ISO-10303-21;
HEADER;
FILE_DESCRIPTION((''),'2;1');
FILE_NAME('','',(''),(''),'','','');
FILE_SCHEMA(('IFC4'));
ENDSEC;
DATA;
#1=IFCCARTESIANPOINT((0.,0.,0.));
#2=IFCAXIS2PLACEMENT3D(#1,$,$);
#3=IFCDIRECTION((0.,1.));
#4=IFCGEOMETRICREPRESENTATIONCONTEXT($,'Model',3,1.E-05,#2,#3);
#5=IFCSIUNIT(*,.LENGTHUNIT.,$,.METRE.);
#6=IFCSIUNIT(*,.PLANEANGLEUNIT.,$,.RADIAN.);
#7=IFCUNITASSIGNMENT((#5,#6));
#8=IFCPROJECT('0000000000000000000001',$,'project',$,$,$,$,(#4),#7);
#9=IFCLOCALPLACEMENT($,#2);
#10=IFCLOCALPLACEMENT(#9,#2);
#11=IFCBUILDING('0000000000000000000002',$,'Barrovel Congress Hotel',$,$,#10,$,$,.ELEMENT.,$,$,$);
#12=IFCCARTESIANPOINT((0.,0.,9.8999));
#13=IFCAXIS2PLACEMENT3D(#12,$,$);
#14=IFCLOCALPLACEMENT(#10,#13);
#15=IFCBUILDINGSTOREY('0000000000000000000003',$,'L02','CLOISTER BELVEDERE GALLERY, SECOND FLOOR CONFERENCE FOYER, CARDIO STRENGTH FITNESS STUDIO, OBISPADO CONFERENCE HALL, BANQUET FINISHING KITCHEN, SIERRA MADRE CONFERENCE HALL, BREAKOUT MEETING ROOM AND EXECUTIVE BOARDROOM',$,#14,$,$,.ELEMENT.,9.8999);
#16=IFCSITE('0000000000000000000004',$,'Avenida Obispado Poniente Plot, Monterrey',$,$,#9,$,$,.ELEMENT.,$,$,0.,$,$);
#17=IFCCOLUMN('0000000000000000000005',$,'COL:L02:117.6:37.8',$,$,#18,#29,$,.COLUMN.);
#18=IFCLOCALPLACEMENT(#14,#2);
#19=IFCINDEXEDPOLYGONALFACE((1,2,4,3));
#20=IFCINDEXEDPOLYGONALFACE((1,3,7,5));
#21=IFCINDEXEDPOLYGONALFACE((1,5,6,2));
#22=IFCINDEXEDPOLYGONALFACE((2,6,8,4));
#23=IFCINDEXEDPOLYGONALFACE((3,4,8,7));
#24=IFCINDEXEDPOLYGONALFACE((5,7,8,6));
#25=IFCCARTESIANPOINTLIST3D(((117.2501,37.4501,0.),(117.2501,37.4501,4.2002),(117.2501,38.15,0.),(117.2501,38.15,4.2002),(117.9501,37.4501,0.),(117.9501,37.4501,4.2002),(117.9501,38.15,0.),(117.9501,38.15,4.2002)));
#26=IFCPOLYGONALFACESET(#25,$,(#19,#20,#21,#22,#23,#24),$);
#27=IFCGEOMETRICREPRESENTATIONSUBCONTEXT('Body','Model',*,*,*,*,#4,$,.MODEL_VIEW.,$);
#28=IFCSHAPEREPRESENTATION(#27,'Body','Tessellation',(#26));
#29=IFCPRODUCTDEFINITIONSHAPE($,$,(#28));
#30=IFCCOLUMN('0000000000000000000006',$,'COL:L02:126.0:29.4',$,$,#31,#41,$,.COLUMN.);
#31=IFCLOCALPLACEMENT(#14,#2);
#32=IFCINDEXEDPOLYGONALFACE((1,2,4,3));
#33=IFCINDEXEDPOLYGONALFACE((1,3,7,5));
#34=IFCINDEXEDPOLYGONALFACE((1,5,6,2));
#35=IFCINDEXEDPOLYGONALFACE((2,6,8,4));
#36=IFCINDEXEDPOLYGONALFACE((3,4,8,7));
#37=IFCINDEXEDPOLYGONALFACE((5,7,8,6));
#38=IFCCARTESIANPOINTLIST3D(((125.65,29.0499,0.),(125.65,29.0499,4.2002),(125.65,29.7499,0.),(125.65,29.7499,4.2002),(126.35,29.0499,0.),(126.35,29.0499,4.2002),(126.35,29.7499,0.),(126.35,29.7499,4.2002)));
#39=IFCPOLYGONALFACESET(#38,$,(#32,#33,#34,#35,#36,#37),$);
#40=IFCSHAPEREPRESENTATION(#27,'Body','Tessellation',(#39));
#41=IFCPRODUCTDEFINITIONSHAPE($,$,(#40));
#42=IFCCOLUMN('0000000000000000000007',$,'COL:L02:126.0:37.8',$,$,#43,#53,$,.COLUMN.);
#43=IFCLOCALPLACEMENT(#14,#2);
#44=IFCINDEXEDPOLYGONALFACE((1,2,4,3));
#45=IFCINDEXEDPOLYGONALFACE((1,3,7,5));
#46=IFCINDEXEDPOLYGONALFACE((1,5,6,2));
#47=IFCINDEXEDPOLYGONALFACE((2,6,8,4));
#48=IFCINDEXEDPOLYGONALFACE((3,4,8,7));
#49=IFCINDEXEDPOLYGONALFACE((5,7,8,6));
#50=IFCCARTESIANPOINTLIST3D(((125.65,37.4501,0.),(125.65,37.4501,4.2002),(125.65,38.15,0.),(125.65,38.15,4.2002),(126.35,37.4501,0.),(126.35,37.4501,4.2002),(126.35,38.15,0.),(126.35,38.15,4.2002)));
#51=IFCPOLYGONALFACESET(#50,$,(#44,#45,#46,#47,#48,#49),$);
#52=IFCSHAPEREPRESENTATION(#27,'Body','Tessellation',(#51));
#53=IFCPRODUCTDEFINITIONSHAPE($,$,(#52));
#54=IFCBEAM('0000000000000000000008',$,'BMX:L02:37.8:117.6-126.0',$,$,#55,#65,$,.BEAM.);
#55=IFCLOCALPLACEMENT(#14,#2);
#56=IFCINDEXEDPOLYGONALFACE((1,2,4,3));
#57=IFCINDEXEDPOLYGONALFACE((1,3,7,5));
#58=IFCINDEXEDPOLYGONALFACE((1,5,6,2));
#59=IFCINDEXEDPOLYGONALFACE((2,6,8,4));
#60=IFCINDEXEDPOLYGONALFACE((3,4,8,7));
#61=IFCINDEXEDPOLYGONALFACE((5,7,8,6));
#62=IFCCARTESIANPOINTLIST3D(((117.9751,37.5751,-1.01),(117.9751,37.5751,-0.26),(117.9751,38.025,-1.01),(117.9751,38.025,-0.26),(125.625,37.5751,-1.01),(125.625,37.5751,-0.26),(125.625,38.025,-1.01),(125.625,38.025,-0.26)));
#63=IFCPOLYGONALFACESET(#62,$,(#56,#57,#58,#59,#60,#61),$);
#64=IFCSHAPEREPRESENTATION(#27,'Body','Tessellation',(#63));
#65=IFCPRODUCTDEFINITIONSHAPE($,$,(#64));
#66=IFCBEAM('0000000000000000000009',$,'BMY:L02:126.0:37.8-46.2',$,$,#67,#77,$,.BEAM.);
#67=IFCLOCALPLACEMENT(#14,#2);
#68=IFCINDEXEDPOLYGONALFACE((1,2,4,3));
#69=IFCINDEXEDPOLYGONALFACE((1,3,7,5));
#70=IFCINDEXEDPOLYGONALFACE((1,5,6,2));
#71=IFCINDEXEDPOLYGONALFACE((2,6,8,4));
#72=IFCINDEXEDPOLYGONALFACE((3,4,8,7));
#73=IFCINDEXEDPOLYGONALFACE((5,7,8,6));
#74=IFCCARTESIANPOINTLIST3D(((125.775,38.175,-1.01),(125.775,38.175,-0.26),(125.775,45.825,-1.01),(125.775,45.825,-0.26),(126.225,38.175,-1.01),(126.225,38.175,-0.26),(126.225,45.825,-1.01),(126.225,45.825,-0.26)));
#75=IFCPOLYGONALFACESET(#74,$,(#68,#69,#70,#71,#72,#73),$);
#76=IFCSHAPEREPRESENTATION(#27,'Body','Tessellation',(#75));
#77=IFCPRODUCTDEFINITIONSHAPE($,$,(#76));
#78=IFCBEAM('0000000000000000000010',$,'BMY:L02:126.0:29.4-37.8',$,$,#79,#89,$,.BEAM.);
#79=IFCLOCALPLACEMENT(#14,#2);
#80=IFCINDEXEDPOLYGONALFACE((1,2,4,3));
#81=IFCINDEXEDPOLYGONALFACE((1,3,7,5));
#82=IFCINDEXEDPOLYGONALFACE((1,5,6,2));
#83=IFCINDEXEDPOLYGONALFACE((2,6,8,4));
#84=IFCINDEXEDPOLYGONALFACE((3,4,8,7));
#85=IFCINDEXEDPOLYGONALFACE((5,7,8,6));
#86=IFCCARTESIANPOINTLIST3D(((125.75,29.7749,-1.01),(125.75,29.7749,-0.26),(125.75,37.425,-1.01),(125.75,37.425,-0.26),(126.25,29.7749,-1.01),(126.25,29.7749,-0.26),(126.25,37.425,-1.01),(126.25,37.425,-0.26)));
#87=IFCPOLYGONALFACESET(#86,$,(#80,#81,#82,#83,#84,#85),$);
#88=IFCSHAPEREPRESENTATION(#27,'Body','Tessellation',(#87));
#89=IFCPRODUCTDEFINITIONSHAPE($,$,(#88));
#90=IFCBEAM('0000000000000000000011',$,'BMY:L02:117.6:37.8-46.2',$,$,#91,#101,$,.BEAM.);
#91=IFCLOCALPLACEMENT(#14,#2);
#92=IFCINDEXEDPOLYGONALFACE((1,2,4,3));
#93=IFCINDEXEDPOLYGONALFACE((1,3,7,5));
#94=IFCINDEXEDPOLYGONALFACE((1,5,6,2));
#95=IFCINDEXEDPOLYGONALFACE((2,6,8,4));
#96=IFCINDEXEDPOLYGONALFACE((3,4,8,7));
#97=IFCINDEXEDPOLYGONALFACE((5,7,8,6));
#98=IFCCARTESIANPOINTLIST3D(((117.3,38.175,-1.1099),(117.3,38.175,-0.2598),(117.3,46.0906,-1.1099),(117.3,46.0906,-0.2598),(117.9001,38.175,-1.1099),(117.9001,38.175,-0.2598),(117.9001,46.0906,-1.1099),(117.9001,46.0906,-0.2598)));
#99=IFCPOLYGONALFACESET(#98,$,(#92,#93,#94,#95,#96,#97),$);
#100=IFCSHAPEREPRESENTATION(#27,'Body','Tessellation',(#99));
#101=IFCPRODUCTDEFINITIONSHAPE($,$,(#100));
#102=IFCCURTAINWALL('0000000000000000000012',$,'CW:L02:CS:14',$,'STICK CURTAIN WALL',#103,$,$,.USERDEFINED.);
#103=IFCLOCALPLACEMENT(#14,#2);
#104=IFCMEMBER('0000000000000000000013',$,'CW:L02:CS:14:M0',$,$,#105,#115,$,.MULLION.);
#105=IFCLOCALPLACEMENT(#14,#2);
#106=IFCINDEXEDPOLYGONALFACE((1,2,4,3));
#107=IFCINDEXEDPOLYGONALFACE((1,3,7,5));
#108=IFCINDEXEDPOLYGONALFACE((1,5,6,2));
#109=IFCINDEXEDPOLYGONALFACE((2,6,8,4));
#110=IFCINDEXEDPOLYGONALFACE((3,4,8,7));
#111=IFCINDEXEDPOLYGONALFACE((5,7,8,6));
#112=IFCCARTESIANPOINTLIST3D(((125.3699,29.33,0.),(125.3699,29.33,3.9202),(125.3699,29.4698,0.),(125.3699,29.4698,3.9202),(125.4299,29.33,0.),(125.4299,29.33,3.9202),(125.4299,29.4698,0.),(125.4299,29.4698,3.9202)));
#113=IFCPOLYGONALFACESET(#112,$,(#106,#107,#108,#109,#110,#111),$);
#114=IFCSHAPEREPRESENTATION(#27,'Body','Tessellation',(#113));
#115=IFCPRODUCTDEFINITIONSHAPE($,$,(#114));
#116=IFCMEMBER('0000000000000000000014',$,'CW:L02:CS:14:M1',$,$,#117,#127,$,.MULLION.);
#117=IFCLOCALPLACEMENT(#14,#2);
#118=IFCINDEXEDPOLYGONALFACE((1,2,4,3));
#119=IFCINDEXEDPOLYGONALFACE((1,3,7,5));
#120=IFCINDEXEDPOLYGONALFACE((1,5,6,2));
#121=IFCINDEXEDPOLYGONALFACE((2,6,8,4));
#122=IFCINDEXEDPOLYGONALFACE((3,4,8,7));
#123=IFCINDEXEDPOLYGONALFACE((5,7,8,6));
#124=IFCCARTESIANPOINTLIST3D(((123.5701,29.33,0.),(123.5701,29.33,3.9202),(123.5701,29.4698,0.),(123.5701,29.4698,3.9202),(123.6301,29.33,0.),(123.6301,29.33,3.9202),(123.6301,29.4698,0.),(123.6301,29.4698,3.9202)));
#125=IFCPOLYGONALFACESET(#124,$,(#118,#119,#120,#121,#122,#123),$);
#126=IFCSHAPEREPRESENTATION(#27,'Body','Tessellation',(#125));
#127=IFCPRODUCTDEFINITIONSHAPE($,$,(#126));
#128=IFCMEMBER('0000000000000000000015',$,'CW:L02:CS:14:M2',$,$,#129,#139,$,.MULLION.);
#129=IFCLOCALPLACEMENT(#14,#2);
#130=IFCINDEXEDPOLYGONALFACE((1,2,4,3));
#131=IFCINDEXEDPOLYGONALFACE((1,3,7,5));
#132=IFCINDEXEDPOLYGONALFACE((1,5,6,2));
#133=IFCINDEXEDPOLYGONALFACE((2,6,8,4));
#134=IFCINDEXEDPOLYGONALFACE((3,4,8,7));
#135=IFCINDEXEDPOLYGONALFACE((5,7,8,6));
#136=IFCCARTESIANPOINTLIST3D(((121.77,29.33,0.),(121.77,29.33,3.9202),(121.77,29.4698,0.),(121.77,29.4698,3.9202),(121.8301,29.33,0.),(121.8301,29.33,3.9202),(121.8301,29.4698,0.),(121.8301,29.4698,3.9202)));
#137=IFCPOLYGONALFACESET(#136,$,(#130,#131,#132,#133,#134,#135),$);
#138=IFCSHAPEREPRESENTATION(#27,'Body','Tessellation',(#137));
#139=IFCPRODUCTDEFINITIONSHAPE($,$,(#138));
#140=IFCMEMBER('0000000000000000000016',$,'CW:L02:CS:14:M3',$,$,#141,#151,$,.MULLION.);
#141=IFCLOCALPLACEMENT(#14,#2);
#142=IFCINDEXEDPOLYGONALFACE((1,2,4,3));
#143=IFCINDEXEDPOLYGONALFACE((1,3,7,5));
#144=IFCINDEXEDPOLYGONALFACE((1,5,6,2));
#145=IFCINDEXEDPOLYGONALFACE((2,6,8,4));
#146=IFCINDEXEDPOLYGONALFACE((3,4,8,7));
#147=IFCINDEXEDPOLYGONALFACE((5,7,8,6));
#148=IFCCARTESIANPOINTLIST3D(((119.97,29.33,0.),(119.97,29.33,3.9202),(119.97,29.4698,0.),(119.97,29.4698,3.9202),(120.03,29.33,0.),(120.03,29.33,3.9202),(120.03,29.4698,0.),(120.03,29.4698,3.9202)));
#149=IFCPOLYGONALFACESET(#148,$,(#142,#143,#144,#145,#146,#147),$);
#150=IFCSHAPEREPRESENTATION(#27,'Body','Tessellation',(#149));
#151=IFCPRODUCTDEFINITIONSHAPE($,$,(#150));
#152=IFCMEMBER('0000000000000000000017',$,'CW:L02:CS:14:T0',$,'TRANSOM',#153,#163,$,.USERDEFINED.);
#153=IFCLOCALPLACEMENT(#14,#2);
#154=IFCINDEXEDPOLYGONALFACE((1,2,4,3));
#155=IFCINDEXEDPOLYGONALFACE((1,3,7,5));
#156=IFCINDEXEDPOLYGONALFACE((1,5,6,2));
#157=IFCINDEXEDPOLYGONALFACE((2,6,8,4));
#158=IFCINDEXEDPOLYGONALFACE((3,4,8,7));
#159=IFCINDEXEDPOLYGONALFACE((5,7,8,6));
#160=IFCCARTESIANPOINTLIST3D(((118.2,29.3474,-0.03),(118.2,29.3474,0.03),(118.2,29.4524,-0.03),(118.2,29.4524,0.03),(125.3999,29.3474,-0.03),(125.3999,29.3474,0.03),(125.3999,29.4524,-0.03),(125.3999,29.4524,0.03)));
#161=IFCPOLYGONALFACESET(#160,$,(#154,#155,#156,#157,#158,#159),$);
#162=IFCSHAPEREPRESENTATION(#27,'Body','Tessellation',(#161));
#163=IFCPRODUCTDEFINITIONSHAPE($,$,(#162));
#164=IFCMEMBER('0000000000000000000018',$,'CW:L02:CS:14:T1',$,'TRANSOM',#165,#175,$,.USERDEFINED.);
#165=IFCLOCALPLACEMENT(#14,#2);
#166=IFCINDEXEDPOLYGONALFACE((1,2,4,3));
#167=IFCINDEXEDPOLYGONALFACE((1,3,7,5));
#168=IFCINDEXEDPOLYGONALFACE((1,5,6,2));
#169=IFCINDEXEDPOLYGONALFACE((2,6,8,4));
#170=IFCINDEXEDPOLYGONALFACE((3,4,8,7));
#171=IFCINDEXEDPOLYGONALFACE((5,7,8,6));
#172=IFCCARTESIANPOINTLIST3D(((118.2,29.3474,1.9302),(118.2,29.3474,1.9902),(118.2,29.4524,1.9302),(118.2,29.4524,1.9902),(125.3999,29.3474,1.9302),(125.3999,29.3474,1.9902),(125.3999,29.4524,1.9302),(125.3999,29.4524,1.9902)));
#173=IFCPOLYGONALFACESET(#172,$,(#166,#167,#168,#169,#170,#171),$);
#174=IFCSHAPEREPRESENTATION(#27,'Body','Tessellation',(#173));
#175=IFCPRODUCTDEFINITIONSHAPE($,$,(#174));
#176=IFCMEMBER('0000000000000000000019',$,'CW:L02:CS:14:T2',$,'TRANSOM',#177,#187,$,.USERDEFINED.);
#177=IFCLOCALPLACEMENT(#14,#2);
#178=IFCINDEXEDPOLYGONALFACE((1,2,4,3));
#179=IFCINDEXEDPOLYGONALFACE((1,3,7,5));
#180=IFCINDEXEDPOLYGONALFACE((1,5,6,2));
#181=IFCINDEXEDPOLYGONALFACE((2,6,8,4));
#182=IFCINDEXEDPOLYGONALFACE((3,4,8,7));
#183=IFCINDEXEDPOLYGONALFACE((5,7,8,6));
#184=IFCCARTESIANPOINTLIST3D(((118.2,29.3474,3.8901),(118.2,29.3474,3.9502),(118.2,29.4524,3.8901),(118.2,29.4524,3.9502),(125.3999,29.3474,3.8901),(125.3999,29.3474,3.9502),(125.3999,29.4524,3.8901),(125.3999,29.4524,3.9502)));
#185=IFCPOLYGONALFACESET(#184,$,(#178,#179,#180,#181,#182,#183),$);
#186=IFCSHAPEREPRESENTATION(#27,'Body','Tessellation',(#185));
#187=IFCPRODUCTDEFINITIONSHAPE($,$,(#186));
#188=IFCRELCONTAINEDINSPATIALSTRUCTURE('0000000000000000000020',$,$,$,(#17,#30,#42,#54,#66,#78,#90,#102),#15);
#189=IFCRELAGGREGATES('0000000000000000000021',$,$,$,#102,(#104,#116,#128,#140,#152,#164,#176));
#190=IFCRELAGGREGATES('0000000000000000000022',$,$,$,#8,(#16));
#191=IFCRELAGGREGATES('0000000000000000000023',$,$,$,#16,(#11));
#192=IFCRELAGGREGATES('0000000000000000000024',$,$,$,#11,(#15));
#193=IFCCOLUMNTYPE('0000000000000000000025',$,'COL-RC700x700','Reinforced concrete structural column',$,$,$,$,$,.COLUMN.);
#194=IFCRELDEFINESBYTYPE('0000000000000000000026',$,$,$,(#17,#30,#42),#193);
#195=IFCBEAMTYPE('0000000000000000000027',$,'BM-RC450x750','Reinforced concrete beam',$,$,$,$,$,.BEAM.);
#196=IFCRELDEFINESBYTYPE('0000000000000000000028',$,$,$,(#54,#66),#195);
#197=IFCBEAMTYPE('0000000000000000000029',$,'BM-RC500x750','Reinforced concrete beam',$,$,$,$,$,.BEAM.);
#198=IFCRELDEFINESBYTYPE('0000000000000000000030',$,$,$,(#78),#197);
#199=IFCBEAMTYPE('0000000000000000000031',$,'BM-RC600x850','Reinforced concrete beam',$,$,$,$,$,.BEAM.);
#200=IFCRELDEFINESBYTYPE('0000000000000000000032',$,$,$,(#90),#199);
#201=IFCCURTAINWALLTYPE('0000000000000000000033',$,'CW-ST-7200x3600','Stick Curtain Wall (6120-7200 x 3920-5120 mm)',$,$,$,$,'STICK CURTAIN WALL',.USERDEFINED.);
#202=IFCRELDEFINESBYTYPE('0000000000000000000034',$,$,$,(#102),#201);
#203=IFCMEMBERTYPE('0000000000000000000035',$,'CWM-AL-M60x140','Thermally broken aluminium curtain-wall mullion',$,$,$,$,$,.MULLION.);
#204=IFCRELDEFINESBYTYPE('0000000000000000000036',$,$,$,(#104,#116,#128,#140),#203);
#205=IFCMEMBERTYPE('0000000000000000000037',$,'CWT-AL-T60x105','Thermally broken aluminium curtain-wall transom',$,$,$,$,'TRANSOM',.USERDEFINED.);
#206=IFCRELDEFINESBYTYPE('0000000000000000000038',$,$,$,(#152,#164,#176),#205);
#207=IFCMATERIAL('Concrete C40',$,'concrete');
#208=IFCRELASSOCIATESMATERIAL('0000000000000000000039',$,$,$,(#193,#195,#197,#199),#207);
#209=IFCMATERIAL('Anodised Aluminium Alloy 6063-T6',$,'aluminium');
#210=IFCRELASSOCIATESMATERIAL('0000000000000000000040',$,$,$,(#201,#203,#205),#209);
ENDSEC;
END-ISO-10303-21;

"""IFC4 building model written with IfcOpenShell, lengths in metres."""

from ifc_helpers import new_model, si_unit, direction, frame, origin, origin_2d, place, context, subcontext, project, spatial, rectangle, extrude, material, material_profile, profile_set, type_object, element, aggregate, save


model = new_model("IFC4")

# Units and contexts
model_context = context("Model", 3, precision=1e-05, world=origin(), true_north=direction((0.0, 1.0)))
body_context = subcontext(model_context, "Body", "Model", "MODEL_VIEW")
ifc_project = project(units=[si_unit("LENGTHUNIT", "METRE"), si_unit("PLANEANGLEUNIT", "RADIAN")], contexts=[model_context])

# Site, building, storey
site_placement = place(None, origin())
site = spatial("IfcSite", under=ifc_project, at=site_placement, Name="Avenida Obispado Poniente Plot, Monterrey", CompositionType="ELEMENT", RefElevation=0.0)
building_placement = place(site_placement, origin())
building = spatial("IfcBuilding", under=site, at=building_placement, Name="Barrovel Congress Hotel", CompositionType="ELEMENT")
storey_placement = place(building_placement, frame((0.0, 0.0, 9.8999)))
storey = spatial("IfcBuildingStorey", under=building, at=storey_placement, Name="L02", Description="CLOISTER BELVEDERE GALLERY, SECOND FLOOR CONFERENCE FOYER, CARDIO STRENGTH FITNESS STUDIO, OBISPADO CONFERENCE HALL, BANQUET FINISHING KITCHEN, SIERRA MADRE CONFERENCE HALL, BREAKOUT MEETING ROOM AND EXECUTIVE BOARDROOM", CompositionType="ELEMENT", Elevation=9.8999)

# Columns
ifc_material_1 = material(Name="Concrete C40", Category="concrete")
ifc_material_profile_1 = material_profile(ifc_material_1, rectangle(XDim=0.7, YDim=0.7, at=origin_2d()), Name="RC700x700")
ifc_profile_set_1 = profile_set([ifc_material_profile_1], Name="Concrete C40")
column_type = type_object("IfcColumnType", Name="COL-RC700x700", Description="Reinforced concrete structural column", PredefinedType="COLUMN", material=ifc_profile_set_1)
for number, where, z_axis, x_axis, name in (
    (1, (117.6001, 37.8, 0.0), (0.0, 0.0, 1.0), (1.0, 0.0, 0.0), "COL:L02:117.6:37.8"),
    (2, (126.0, 29.3999, 0.0), (0.0, 0.0, 1.0), (1.0, 0.0, 0.0), "COL:L02:126.0:29.4"),
    (3, (126.0, 37.8, 0.0), (0.0, 0.0, 1.0), (1.0, 0.0, 0.0), "COL:L02:126.0:37.8"),
):
    element("IfcColumn", number, at=place(storey_placement, frame(where, z_axis=z_axis, x_axis=x_axis)), inside=storey, type_object=column_type, Name=name, PredefinedType="COLUMN", context=body_context, shape_type="SweptSolid", body=[
        extrude(rectangle(XDim=0.7, YDim=0.7, at=origin_2d()), origin(), (0.0, 0.0, 1.0), 4.2002),
    ])

# Beams
ifc_material_profile_2 = material_profile(ifc_material_1, rectangle(XDim=0.45, YDim=0.75, at=origin_2d()), Name="RC450x750")
ifc_profile_set_2 = profile_set([ifc_material_profile_2], Name="Concrete C40")
beam_type_1 = type_object("IfcBeamType", Name="BM-RC450x750", Description="Reinforced concrete beam", PredefinedType="BEAM", material=ifc_profile_set_2)
for number, where, z_axis, x_axis, name in (
    (4, (117.9751, 37.8, -0.635), (1.0, 0.0, 0.0), (0.0, 1.0, 0.0), "BMX:L02:37.8:117.6-126.0"),
    (5, (126.0, 38.175, -0.635), (0.0, 1.0, 0.0), (-1.0, 0.0, 0.0), "BMY:L02:126.0:37.8-46.2"),
):
    element("IfcBeam", number, at=place(storey_placement, frame(where, z_axis=z_axis, x_axis=x_axis)), inside=storey, type_object=beam_type_1, Name=name, PredefinedType="BEAM", context=body_context, shape_type="SweptSolid", body=[
        extrude(rectangle(XDim=0.45, YDim=0.75, at=origin_2d()), origin(), (0.0, 0.0, 1.0), 7.6499),
    ])
ifc_material_profile_3 = material_profile(ifc_material_1, rectangle(XDim=0.5, YDim=0.75, at=origin_2d()), Name="RC500x750")
ifc_profile_set_3 = profile_set([ifc_material_profile_3], Name="Concrete C40")
beam_type_2 = type_object("IfcBeamType", Name="BM-RC500x750", Description="Reinforced concrete beam", PredefinedType="BEAM", material=ifc_profile_set_3)
beam_1_placement = place(storey_placement, frame((126.0, 29.7749, -0.635), z_axis=(0.0, 1.0, 0.0), x_axis=(-1.0, 0.0, 0.0)))
element("IfcBeam", 6, at=beam_1_placement, inside=storey, type_object=beam_type_2, Name="BMY:L02:126.0:29.4-37.8", PredefinedType="BEAM", context=body_context, shape_type="SweptSolid", body=[
    extrude(rectangle(XDim=0.5, YDim=0.75, at=origin_2d()), origin(), (0.0, 0.0, 1.0), 7.6501),
])
ifc_material_profile_4 = material_profile(ifc_material_1, rectangle(XDim=0.6001, YDim=0.8501, at=origin_2d()), Name="RC600x850")
ifc_profile_set_4 = profile_set([ifc_material_profile_4], Name="Concrete C40")
beam_type_3 = type_object("IfcBeamType", Name="BM-RC600x850", Description="Reinforced concrete beam", PredefinedType="BEAM", material=ifc_profile_set_4)
beam_2_placement = place(storey_placement, frame((117.6001, 38.175, -0.6848), z_axis=(0.0, 1.0, 0.0), x_axis=(-1.0, 0.0, 0.0)))
element("IfcBeam", 7, at=beam_2_placement, inside=storey, type_object=beam_type_3, Name="BMY:L02:117.6:37.8-46.2", PredefinedType="BEAM", context=body_context, shape_type="SweptSolid", body=[
    extrude(rectangle(XDim=0.6001, YDim=0.8501, at=origin_2d()), origin(), (0.0, 0.0, 1.0), 7.9155),
])

# Curtain wall, members
ifc_material_2 = material(Name="Anodised Aluminium Alloy 6063-T6", Category="aluminium")
curtain_wall_type = type_object("IfcCurtainWallType", Name="CW-ST-7200x3600", Description="Stick Curtain Wall (6120-7200 x 3920-5120 mm)", ElementType="STICK CURTAIN WALL", PredefinedType="USERDEFINED", material=ifc_material_2)
curtain_wall_placement = place(storey_placement, origin())
curtain_wall = element("IfcCurtainWall", 8, at=curtain_wall_placement, inside=storey, type_object=curtain_wall_type, Name="CW:L02:CS:14", ObjectType="STICK CURTAIN WALL", PredefinedType="USERDEFINED")
ifc_material_profile_5 = material_profile(ifc_material_2, rectangle(XDim=0.0601, YDim=0.1399, at=origin_2d()), Name="AL-M60x140")
ifc_profile_set_5 = profile_set([ifc_material_profile_5], Name="Anodised Aluminium Alloy 6063-T6")
member_type_1 = type_object("IfcMemberType", Name="CWM-AL-M60x140", Description="Thermally broken aluminium curtain-wall mullion", PredefinedType="MULLION", material=ifc_profile_set_5)
member_1_placement = place(storey_placement, frame((125.3999, 29.3999, 0.0), z_axis=(0.0, 0.0, 1.0), x_axis=(1.0, 0.0, 0.0)))
member_1 = element("IfcMember", 9, at=member_1_placement, type_object=member_type_1, Name="CW:L02:CS:14:M0", PredefinedType="MULLION", context=body_context, shape_type="SweptSolid", body=[
    extrude(rectangle(XDim=0.0601, YDim=0.1399, at=origin_2d()), origin(), (0.0, 0.0, 1.0), 3.9202),
])
member_2_placement = place(storey_placement, frame((123.6001, 29.3999, 0.0), z_axis=(0.0, 0.0, 1.0), x_axis=(1.0, 0.0, 0.0)))
member_2 = element("IfcMember", 10, at=member_2_placement, type_object=member_type_1, Name="CW:L02:CS:14:M1", PredefinedType="MULLION", context=body_context, shape_type="SweptSolid", body=[
    extrude(rectangle(XDim=0.0601, YDim=0.1399, at=origin_2d()), origin(), (0.0, 0.0, 1.0), 3.9202),
])
member_3_placement = place(storey_placement, frame((121.8, 29.3999, 0.0), z_axis=(0.0, 0.0, 1.0), x_axis=(1.0, 0.0, 0.0)))
member_3 = element("IfcMember", 11, at=member_3_placement, type_object=member_type_1, Name="CW:L02:CS:14:M2", PredefinedType="MULLION", context=body_context, shape_type="SweptSolid", body=[
    extrude(rectangle(XDim=0.0601, YDim=0.1399, at=origin_2d()), origin(), (0.0, 0.0, 1.0), 3.9202),
])
member_4_placement = place(storey_placement, frame((120.0, 29.3999, 0.0), z_axis=(0.0, 0.0, 1.0), x_axis=(1.0, 0.0, 0.0)))
member_4 = element("IfcMember", 12, at=member_4_placement, type_object=member_type_1, Name="CW:L02:CS:14:M3", PredefinedType="MULLION", context=body_context, shape_type="SweptSolid", body=[
    extrude(rectangle(XDim=0.0601, YDim=0.1399, at=origin_2d()), origin(), (0.0, 0.0, 1.0), 3.9202),
])
ifc_material_profile_6 = material_profile(ifc_material_2, rectangle(XDim=0.105, YDim=0.0601, at=origin_2d()), Name="AL-T60x105")
ifc_profile_set_6 = profile_set([ifc_material_profile_6], Name="Anodised Aluminium Alloy 6063-T6")
member_type_2 = type_object("IfcMemberType", Name="CWT-AL-T60x105", Description="Thermally broken aluminium curtain-wall transom", ElementType="TRANSOM", PredefinedType="USERDEFINED", material=ifc_profile_set_6)
member_5_placement = place(storey_placement, frame((125.3999, 29.3999, 0.0), z_axis=(-1.0, 0.0, 0.0), x_axis=(0.0, -1.0, 0.0)))
member_5 = element("IfcMember", 13, at=member_5_placement, type_object=member_type_2, Name="CW:L02:CS:14:T0", ObjectType="TRANSOM", PredefinedType="USERDEFINED", context=body_context, shape_type="SweptSolid", body=[
    extrude(rectangle(XDim=0.105, YDim=0.0601, at=origin_2d()), origin(), (0.0, 0.0, 1.0), 7.2),
])
member_6_placement = place(storey_placement, frame((125.3999, 29.3999, 1.9602), z_axis=(-1.0, 0.0, 0.0), x_axis=(0.0, -1.0, 0.0)))
member_6 = element("IfcMember", 14, at=member_6_placement, type_object=member_type_2, Name="CW:L02:CS:14:T1", ObjectType="TRANSOM", PredefinedType="USERDEFINED", context=body_context, shape_type="SweptSolid", body=[
    extrude(rectangle(XDim=0.105, YDim=0.0601, at=origin_2d()), origin(), (0.0, 0.0, 1.0), 7.2),
])
member_7_placement = place(storey_placement, frame((125.3999, 29.3999, 3.9202), z_axis=(-1.0, 0.0, 0.0), x_axis=(0.0, -1.0, 0.0)))
member_7 = element("IfcMember", 15, at=member_7_placement, type_object=member_type_2, Name="CW:L02:CS:14:T2", ObjectType="TRANSOM", PredefinedType="USERDEFINED", context=body_context, shape_type="SweptSolid", body=[
    extrude(rectangle(XDim=0.105, YDim=0.0601, at=origin_2d()), origin(), (0.0, 0.0, 1.0), 7.2),
])

aggregate(curtain_wall, [member_1, member_2, member_3, member_4, member_5, member_6, member_7])

save(model, "model.ifc")
